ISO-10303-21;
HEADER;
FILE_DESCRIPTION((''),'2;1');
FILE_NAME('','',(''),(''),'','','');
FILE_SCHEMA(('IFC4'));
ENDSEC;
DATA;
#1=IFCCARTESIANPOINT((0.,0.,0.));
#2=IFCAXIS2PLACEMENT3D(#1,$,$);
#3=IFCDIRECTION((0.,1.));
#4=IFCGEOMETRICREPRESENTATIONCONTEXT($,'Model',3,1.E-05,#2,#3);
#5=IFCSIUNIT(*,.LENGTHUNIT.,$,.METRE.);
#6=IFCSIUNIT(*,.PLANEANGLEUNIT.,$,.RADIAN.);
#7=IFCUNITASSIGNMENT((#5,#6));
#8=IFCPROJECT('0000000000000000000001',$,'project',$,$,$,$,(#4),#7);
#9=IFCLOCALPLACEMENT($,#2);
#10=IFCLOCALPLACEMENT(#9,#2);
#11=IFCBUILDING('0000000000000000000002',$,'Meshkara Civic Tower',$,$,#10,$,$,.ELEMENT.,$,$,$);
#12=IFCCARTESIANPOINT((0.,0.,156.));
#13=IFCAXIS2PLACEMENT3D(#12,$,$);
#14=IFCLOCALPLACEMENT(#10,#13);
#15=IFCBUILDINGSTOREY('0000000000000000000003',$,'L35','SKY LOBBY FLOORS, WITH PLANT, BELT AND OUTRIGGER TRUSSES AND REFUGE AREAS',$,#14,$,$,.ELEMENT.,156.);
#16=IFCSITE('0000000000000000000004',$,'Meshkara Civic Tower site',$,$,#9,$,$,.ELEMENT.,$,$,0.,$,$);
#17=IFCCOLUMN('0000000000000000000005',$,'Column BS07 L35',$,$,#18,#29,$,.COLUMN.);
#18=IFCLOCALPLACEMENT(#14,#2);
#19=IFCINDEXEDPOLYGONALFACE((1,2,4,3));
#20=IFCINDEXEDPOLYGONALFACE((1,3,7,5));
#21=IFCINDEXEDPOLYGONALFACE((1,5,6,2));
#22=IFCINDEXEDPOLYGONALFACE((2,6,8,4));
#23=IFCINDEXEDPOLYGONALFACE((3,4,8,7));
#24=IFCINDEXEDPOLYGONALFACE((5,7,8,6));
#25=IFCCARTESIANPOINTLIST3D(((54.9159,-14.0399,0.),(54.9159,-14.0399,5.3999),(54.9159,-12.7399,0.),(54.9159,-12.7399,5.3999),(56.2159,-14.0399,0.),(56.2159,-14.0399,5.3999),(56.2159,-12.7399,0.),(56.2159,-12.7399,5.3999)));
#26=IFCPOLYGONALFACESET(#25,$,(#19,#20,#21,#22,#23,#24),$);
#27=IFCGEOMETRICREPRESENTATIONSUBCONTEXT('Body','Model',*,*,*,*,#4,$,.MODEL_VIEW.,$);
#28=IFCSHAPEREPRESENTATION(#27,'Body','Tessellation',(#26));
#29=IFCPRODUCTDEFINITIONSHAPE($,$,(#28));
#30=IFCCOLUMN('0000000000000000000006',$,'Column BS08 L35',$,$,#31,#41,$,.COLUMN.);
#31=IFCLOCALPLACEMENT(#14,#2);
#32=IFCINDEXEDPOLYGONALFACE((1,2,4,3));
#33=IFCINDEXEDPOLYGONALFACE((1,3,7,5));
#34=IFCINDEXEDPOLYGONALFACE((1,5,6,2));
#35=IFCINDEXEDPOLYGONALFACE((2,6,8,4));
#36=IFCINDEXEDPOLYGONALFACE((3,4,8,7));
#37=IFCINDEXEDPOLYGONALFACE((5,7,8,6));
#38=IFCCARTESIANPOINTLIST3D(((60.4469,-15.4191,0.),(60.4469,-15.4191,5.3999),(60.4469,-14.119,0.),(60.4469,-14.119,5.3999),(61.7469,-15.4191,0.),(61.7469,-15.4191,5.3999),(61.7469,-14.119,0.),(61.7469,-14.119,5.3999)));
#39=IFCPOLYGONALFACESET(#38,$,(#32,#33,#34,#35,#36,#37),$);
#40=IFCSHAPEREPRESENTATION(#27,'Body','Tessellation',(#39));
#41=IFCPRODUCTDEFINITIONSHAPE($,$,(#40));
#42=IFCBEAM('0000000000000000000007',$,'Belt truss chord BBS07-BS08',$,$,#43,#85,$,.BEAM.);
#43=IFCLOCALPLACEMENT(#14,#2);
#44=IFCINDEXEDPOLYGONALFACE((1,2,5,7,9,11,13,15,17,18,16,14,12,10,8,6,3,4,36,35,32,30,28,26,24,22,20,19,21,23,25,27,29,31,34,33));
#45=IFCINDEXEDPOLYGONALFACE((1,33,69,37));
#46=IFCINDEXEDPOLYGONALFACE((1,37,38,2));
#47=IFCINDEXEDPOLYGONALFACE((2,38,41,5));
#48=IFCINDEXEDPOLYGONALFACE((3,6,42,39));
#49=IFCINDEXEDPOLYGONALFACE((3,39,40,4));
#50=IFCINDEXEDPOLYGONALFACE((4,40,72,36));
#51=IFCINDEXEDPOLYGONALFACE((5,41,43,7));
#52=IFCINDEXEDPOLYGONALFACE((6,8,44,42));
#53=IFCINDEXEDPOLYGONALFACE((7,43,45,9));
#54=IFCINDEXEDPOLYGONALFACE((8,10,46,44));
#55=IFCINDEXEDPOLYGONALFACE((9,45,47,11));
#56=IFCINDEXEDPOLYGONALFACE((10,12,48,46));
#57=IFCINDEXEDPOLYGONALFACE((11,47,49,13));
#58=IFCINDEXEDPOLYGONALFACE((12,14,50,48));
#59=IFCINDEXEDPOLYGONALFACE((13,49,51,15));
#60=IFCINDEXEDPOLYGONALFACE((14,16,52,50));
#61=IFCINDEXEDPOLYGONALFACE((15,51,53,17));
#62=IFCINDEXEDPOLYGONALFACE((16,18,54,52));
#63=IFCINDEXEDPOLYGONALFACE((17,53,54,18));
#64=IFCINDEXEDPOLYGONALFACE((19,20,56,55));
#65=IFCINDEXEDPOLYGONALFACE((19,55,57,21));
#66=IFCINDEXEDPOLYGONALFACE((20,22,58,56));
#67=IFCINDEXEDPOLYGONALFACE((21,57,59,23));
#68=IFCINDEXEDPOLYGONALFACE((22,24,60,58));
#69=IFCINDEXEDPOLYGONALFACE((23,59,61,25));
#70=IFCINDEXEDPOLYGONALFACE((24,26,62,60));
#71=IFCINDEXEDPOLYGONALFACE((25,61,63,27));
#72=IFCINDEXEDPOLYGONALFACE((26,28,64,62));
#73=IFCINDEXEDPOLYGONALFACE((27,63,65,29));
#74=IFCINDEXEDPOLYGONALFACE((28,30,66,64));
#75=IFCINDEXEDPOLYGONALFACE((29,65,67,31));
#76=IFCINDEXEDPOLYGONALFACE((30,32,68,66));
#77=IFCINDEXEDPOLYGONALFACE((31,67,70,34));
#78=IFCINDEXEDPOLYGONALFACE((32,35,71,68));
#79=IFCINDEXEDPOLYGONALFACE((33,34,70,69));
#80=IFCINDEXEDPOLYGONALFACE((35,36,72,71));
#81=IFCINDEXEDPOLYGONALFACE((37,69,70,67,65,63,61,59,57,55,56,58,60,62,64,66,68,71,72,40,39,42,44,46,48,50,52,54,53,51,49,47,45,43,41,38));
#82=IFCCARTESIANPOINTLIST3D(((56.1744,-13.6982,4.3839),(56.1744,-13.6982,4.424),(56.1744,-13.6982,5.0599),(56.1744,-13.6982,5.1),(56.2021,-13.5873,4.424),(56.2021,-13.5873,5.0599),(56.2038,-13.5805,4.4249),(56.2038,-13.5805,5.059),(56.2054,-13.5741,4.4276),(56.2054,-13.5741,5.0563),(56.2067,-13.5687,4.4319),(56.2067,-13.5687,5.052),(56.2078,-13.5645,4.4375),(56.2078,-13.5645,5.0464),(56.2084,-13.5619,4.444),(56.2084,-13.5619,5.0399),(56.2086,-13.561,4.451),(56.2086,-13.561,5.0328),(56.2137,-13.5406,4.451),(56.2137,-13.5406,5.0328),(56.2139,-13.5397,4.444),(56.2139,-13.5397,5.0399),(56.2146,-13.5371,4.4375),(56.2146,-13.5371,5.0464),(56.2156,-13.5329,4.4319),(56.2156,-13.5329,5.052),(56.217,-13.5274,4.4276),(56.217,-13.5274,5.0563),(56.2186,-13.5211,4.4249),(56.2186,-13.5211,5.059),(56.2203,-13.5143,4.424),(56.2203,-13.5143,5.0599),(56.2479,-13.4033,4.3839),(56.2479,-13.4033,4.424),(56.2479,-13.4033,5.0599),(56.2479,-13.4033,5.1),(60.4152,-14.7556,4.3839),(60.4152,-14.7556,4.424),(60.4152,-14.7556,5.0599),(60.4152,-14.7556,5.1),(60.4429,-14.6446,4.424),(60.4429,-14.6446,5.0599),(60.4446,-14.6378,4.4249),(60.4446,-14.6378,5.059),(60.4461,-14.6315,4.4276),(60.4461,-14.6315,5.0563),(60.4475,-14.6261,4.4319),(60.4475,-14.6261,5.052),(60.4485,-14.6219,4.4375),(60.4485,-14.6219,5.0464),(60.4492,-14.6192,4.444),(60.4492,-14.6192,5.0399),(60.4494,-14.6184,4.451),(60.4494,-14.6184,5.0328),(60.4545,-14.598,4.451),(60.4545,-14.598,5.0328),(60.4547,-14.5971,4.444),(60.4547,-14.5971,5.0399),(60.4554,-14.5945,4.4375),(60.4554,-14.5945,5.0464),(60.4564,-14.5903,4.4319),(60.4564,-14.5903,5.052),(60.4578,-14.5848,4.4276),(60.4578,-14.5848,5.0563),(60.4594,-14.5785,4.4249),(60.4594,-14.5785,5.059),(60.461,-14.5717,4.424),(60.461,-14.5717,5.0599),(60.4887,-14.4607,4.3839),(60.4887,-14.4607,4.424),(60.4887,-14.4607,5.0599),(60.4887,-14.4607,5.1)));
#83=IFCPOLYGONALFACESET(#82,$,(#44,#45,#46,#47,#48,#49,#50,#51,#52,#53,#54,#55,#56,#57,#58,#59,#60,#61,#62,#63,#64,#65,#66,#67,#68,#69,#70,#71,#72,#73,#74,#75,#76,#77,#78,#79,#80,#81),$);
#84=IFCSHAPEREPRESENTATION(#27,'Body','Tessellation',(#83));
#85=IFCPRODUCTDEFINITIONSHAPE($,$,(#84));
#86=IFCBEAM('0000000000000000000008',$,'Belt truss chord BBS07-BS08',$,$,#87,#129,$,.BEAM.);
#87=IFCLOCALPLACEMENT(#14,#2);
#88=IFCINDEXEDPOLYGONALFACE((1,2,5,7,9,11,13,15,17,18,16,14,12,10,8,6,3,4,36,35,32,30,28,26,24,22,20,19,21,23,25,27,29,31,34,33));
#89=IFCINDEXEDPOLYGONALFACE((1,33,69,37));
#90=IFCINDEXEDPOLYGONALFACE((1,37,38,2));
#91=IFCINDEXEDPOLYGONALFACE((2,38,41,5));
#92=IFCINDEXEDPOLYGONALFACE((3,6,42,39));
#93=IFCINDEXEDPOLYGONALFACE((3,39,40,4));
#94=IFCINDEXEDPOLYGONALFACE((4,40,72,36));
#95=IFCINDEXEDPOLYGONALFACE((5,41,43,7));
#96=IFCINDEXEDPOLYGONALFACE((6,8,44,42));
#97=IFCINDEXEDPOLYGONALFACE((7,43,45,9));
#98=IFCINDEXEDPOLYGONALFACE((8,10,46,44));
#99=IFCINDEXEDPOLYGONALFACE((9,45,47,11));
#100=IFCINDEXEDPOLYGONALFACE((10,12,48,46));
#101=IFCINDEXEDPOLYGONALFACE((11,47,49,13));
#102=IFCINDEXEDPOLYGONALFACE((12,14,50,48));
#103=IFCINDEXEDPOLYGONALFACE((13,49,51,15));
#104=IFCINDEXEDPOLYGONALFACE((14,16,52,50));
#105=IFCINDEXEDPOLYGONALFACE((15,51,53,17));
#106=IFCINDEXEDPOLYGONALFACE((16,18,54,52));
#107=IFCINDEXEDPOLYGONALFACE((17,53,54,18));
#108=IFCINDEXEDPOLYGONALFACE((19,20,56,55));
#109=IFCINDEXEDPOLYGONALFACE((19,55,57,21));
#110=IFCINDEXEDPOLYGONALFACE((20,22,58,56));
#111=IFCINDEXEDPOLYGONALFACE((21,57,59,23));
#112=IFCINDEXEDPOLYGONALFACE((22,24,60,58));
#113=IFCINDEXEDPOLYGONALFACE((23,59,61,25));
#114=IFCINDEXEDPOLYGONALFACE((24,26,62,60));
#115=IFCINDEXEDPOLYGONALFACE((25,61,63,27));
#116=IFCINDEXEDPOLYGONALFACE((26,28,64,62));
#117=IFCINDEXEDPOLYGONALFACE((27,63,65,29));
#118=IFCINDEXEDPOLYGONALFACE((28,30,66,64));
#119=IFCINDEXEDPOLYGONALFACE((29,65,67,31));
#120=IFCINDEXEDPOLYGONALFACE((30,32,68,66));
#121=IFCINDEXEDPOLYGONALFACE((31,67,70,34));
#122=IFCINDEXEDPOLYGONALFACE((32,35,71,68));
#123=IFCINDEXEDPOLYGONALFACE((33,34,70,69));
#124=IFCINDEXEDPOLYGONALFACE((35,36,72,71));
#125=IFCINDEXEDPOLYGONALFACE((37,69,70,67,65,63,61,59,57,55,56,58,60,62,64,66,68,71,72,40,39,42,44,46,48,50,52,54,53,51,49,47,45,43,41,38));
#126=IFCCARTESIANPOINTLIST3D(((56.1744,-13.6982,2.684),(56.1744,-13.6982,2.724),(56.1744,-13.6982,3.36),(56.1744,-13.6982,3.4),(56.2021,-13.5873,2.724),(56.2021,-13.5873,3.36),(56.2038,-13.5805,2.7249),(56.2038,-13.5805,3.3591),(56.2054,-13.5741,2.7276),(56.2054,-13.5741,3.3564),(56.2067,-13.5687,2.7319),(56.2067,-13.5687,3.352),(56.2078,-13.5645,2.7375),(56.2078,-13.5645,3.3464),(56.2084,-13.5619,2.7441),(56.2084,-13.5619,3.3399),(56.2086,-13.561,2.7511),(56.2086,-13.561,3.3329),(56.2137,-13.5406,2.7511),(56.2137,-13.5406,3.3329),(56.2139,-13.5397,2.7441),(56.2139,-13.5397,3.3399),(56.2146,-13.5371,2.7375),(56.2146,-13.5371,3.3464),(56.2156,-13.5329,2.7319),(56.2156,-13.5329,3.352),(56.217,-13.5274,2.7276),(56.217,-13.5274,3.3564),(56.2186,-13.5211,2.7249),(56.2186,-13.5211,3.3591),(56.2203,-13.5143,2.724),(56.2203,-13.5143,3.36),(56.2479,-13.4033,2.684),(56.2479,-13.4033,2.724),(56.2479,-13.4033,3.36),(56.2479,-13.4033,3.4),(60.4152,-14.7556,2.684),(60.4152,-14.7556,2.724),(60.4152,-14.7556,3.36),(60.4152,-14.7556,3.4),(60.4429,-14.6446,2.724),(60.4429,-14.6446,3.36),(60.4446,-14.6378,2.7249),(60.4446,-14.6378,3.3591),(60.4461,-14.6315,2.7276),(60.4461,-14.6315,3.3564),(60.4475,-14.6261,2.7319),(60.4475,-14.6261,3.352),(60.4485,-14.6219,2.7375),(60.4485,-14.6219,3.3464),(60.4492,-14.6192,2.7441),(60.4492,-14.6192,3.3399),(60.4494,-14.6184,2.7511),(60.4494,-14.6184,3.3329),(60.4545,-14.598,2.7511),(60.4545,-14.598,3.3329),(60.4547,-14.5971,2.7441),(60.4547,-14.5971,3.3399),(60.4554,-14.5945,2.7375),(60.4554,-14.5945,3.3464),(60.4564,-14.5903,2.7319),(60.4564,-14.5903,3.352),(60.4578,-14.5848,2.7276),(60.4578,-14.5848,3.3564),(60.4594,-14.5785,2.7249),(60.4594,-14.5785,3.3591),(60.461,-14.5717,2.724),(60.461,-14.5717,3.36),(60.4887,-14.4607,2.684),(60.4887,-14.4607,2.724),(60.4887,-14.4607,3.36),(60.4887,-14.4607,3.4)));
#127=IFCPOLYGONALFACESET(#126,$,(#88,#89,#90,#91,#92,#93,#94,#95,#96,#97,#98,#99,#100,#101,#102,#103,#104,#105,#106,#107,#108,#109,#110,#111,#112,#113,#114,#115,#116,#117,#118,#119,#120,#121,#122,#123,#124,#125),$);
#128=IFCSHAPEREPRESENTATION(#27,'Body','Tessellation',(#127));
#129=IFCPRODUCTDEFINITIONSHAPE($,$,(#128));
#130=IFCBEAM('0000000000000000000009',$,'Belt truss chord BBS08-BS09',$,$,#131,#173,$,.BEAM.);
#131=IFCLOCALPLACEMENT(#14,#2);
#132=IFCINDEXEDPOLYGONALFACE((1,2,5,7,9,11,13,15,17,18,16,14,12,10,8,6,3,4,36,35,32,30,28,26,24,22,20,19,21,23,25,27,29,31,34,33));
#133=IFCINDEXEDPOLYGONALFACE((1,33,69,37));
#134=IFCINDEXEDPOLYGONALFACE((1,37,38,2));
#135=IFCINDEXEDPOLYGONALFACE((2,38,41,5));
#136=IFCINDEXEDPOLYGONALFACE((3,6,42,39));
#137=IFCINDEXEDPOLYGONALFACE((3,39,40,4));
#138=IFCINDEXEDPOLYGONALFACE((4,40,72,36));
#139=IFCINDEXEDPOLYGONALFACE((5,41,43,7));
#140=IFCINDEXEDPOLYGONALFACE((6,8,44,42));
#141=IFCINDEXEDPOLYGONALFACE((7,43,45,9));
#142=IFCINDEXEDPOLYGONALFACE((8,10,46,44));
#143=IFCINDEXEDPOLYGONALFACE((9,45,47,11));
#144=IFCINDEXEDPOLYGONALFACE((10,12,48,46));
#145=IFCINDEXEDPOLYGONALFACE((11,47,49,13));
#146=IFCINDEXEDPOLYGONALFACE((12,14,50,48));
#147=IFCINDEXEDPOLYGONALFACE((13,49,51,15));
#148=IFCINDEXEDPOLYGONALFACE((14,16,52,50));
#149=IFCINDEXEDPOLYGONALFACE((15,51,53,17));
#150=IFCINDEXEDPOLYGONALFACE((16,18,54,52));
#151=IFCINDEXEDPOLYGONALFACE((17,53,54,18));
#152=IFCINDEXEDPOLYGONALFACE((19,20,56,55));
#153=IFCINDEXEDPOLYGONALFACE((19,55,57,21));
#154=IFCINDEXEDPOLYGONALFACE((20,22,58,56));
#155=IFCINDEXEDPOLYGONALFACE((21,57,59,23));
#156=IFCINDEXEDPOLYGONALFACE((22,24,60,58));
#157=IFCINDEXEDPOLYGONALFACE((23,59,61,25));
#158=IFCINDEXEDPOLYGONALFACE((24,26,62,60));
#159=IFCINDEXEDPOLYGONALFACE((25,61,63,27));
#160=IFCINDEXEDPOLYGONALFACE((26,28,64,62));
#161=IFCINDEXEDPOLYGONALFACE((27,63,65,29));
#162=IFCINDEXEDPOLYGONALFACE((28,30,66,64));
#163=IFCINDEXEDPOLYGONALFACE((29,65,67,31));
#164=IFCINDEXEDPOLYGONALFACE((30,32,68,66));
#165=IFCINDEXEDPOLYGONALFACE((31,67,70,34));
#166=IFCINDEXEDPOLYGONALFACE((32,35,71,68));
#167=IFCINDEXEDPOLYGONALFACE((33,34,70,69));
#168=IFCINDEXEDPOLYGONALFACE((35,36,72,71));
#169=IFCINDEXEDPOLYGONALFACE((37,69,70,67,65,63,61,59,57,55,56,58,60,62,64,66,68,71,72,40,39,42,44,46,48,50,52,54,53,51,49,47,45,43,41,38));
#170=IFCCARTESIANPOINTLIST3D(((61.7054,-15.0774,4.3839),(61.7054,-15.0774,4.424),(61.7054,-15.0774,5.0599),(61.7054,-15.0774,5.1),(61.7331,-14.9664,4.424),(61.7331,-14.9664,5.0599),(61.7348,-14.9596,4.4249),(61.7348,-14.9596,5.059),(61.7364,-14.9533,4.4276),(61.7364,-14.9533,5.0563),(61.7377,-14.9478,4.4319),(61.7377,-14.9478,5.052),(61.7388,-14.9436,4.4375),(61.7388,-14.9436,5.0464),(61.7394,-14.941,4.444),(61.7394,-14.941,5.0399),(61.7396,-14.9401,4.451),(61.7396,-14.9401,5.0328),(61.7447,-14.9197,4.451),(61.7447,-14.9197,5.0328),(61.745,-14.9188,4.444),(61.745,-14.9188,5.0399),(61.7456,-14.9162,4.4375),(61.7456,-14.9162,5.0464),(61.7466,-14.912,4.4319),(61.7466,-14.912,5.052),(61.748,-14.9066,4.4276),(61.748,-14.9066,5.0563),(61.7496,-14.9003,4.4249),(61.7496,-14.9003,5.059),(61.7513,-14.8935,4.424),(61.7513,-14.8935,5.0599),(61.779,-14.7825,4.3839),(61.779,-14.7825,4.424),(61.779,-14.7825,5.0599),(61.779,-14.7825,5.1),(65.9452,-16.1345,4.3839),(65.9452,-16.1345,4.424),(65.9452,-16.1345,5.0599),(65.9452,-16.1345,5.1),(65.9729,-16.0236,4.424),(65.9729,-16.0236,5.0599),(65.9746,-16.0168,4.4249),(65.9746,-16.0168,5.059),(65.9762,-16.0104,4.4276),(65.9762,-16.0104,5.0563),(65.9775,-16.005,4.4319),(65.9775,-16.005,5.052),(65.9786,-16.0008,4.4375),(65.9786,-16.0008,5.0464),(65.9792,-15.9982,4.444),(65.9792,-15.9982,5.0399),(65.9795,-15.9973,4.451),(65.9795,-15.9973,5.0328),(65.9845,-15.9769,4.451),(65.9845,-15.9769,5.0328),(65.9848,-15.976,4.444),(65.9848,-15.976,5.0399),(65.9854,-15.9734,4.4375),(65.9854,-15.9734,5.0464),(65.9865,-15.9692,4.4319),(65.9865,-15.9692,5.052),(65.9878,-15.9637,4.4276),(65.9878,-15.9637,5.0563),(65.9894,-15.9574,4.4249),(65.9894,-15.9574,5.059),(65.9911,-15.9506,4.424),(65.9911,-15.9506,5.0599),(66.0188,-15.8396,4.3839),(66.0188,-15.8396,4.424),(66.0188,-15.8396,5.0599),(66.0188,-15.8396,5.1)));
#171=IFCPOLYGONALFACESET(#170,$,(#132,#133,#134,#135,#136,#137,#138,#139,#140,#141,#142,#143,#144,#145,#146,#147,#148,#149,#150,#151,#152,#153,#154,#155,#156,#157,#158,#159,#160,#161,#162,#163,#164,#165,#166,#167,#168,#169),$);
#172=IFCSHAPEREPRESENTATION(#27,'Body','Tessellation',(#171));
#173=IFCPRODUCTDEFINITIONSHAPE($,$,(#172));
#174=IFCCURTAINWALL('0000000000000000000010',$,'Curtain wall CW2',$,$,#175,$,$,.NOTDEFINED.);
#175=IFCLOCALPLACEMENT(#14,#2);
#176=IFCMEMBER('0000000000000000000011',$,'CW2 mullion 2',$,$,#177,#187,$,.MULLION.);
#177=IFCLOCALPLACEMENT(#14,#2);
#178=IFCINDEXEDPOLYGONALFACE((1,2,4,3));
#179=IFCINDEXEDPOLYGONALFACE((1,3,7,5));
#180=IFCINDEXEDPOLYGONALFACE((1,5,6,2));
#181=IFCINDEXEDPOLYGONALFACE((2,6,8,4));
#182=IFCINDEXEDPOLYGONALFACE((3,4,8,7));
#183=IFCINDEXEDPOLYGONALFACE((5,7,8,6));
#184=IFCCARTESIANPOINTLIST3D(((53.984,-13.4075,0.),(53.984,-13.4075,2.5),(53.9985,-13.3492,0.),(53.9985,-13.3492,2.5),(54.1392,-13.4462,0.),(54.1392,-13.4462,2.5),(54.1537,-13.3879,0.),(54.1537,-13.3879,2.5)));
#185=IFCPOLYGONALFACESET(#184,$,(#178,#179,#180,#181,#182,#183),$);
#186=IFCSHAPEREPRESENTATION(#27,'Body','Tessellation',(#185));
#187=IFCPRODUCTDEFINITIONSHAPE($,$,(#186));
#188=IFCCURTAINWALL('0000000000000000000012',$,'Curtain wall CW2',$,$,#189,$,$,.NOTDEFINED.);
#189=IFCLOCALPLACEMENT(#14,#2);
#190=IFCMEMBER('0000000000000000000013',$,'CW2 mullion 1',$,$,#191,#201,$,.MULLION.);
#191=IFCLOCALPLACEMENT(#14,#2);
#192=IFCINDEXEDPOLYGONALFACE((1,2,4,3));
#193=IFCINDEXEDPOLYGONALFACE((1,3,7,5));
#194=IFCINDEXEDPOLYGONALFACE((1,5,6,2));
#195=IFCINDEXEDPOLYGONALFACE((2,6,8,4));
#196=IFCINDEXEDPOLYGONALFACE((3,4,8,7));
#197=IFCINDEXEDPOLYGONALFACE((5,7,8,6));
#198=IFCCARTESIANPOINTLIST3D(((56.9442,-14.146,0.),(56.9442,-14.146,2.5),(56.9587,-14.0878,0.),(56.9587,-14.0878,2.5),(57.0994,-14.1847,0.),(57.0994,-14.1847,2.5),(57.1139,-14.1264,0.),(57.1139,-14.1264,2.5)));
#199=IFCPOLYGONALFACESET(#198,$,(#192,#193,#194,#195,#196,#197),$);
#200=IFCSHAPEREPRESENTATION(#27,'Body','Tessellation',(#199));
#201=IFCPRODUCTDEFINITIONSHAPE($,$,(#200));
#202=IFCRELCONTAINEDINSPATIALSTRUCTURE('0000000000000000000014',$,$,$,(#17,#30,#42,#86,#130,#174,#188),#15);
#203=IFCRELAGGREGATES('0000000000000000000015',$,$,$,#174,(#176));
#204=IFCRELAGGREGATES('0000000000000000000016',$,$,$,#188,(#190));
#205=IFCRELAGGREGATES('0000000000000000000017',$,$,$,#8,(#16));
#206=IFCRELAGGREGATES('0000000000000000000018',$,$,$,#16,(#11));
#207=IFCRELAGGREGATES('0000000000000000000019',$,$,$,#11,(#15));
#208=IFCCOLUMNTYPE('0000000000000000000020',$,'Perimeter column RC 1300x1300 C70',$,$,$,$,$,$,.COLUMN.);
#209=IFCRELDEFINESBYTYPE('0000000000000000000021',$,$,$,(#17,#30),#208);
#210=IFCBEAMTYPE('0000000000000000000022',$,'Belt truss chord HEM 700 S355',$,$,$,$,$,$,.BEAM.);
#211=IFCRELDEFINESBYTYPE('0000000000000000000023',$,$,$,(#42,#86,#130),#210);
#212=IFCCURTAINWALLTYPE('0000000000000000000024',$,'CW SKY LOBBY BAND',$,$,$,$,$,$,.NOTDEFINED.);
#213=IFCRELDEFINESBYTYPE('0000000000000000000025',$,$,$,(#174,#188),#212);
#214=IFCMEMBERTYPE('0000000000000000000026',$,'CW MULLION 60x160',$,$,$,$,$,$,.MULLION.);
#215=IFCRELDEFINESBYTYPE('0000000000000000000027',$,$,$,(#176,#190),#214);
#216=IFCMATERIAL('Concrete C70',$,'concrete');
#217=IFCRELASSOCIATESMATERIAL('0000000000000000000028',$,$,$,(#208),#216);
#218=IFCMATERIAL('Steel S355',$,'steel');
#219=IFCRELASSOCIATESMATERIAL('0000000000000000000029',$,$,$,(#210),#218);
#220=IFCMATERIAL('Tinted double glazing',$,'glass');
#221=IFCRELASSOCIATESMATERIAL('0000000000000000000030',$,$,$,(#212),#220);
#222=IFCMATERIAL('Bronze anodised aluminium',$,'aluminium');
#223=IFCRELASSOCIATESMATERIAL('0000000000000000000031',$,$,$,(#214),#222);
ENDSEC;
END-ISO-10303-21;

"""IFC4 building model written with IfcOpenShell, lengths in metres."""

from ifc_helpers import new_model, si_unit, direction, frame, origin, origin_2d, place, context, subcontext, project, spatial, rectangle, i_section, extrude, material, material_profile, profile_set, type_object, element, aggregate, save


model = new_model("IFC4")

# Units and contexts
model_context = context("Model", 3, precision=1e-05, world=origin(), true_north=direction((0.0, 1.0)))
body_context = subcontext(model_context, "Body", "Model", "MODEL_VIEW")
ifc_project = project(units=[si_unit("LENGTHUNIT", "METRE"), si_unit("PLANEANGLEUNIT", "RADIAN")], contexts=[model_context])

# Site, building, storey
site_placement = place(None, origin())
site = spatial("IfcSite", under=ifc_project, at=site_placement, Name="Meshkara Civic Tower site", CompositionType="ELEMENT", RefElevation=0.0)
building_placement = place(site_placement, origin())
building = spatial("IfcBuilding", under=site, at=building_placement, Name="Meshkara Civic Tower", CompositionType="ELEMENT")
storey_placement = place(building_placement, frame((0.0, 0.0, 156.0)))
storey = spatial("IfcBuildingStorey", under=building, at=storey_placement, Name="L35", Description="SKY LOBBY FLOORS, WITH PLANT, BELT AND OUTRIGGER TRUSSES AND REFUGE AREAS", CompositionType="ELEMENT", Elevation=156.0)

# Columns
ifc_material_1 = material(Name="Concrete C70", Category="concrete")
ifc_material_profile_1 = material_profile(ifc_material_1, rectangle(XDim=1.3, YDim=1.3, at=origin_2d()))
ifc_profile_set_1 = profile_set([ifc_material_profile_1], Name="Concrete C70")
column_type = type_object("IfcColumnType", Name="Perimeter column RC 1300x1300 C70", PredefinedType="COLUMN", material=ifc_profile_set_1)
for number, where, z_axis, x_axis, name in (
    (1, (55.5659, -13.3899, 0.0), (0.0, 0.0, 1.0), (1.0, 0.0, 0.0), "Column BS07 L35"),
    (2, (61.0969, -14.769, 0.0), (0.0, 0.0, 1.0), (1.0, 0.0, 0.0), "Column BS08 L35"),
):
    element("IfcColumn", number, at=place(storey_placement, frame(where, z_axis=z_axis, x_axis=x_axis)), inside=storey, type_object=column_type, Name=name, PredefinedType="COLUMN", context=body_context, shape_type="SweptSolid", body=[
        extrude(rectangle(XDim=1.3, YDim=1.3, at=origin_2d()), origin(), (0.0, 0.0, 1.0), 5.3999),
    ])

# Beams
ifc_material_2 = material(Name="Steel S355", Category="steel")
ifc_material_profile_2 = material_profile(ifc_material_2, i_section(OverallWidth=0.304, OverallDepth=0.7161, WebThickness=0.021, FlangeThickness=0.04, FilletRadius=0.0271, at=origin_2d()))
ifc_profile_set_2 = profile_set([ifc_material_profile_2], Name="Steel S355")
beam_type_1 = type_object("IfcBeamType", Name="Belt truss chord HEM 700 S355", PredefinedType="BEAM", material=ifc_profile_set_2)
for number, where, z_axis, x_axis, name in (
    (3, (56.2112, -13.5508, 4.7419), (0.970293, -0.241931, 0.0), (0.241931, 0.970293, 0.0), "Belt truss chord BBS07-BS08"),
    (4, (56.2112, -13.5508, 3.042), (0.970293, -0.241931, 0.0), (0.241931, 0.970293, 0.0), "Belt truss chord BBS07-BS08"),
):
    element("IfcBeam", number, at=place(storey_placement, frame(where, z_axis=z_axis, x_axis=x_axis)), inside=storey, type_object=beam_type_1, Name=name, PredefinedType="BEAM", context=body_context, shape_type="SweptSolid", body=[
        extrude(i_section(OverallWidth=0.304, OverallDepth=0.7161, WebThickness=0.021, FlangeThickness=0.04, FilletRadius=0.0271, at=origin_2d()), origin(), (0.0, 0.0, 1.0), 4.3706),
    ])
beam_1_placement = place(storey_placement, frame((61.7422, -14.9299, 4.7419), z_axis=(0.970293, -0.241931, 0.0), x_axis=(0.241931, 0.970293, 0.0)))
element("IfcBeam", 5, at=beam_1_placement, inside=storey, type_object=beam_type_1, Name="Belt truss chord BBS08-BS09", PredefinedType="BEAM", context=body_context, shape_type="SweptSolid", body=[
    extrude(i_section(OverallWidth=0.304, OverallDepth=0.7161, WebThickness=0.021, FlangeThickness=0.04, FilletRadius=0.0271, at=origin_2d()), origin(), (0.0, 0.0, 1.0), 4.3696),
])

# Curtain wall, member
ifc_material_3 = material(Name="Tinted double glazing", Category="glass")
curtain_wall_type = type_object("IfcCurtainWallType", Name="CW SKY LOBBY BAND", PredefinedType="NOTDEFINED", material=ifc_material_3)
curtain_wall_1_placement = place(storey_placement, origin())
curtain_wall_1 = element("IfcCurtainWall", 6, at=curtain_wall_1_placement, inside=storey, type_object=curtain_wall_type, Name="Curtain wall CW2", PredefinedType="NOTDEFINED")
ifc_material_4 = material(Name="Bronze anodised aluminium", Category="aluminium")
ifc_material_profile_3 = material_profile(ifc_material_4, rectangle(XDim=0.0601, YDim=0.1599, at=origin_2d()))
ifc_profile_set_3 = profile_set([ifc_material_profile_3], Name="Bronze anodised aluminium")
member_type_1 = type_object("IfcMemberType", Name="CW MULLION 60x160", PredefinedType="MULLION", material=ifc_profile_set_3)
member_1_placement = place(storey_placement, frame((54.0688, -13.3977, 0.0), z_axis=(0.0, 0.0, 1.0), x_axis=(0.241754, 0.970338, 0.0)))
member_1 = element("IfcMember", 7, at=member_1_placement, type_object=member_type_1, Name="CW2 mullion 2", PredefinedType="MULLION", context=body_context, shape_type="SweptSolid", body=[
    extrude(rectangle(XDim=0.0601, YDim=0.1599, at=origin_2d()), origin(), (0.0, 0.0, 1.0), 2.5),
])

# Curtain wall, member
curtain_wall_2_placement = place(storey_placement, origin())
curtain_wall_2 = element("IfcCurtainWall", 8, at=curtain_wall_2_placement, inside=storey, type_object=curtain_wall_type, Name="Curtain wall CW2", PredefinedType="NOTDEFINED")
member_2_placement = place(storey_placement, frame((57.0291, -14.1362, 0.0), z_axis=(0.0, 0.0, 1.0), x_axis=(0.241754, 0.970338, 0.0)))
member_2 = element("IfcMember", 9, at=member_2_placement, type_object=member_type_1, Name="CW2 mullion 1", PredefinedType="MULLION", context=body_context, shape_type="SweptSolid", body=[
    extrude(rectangle(XDim=0.0601, YDim=0.1599, at=origin_2d()), origin(), (0.0, 0.0, 1.0), 2.5),
])

aggregate(curtain_wall_1, [member_1])
aggregate(curtain_wall_2, [member_2])

save(model, "model.ifc")
